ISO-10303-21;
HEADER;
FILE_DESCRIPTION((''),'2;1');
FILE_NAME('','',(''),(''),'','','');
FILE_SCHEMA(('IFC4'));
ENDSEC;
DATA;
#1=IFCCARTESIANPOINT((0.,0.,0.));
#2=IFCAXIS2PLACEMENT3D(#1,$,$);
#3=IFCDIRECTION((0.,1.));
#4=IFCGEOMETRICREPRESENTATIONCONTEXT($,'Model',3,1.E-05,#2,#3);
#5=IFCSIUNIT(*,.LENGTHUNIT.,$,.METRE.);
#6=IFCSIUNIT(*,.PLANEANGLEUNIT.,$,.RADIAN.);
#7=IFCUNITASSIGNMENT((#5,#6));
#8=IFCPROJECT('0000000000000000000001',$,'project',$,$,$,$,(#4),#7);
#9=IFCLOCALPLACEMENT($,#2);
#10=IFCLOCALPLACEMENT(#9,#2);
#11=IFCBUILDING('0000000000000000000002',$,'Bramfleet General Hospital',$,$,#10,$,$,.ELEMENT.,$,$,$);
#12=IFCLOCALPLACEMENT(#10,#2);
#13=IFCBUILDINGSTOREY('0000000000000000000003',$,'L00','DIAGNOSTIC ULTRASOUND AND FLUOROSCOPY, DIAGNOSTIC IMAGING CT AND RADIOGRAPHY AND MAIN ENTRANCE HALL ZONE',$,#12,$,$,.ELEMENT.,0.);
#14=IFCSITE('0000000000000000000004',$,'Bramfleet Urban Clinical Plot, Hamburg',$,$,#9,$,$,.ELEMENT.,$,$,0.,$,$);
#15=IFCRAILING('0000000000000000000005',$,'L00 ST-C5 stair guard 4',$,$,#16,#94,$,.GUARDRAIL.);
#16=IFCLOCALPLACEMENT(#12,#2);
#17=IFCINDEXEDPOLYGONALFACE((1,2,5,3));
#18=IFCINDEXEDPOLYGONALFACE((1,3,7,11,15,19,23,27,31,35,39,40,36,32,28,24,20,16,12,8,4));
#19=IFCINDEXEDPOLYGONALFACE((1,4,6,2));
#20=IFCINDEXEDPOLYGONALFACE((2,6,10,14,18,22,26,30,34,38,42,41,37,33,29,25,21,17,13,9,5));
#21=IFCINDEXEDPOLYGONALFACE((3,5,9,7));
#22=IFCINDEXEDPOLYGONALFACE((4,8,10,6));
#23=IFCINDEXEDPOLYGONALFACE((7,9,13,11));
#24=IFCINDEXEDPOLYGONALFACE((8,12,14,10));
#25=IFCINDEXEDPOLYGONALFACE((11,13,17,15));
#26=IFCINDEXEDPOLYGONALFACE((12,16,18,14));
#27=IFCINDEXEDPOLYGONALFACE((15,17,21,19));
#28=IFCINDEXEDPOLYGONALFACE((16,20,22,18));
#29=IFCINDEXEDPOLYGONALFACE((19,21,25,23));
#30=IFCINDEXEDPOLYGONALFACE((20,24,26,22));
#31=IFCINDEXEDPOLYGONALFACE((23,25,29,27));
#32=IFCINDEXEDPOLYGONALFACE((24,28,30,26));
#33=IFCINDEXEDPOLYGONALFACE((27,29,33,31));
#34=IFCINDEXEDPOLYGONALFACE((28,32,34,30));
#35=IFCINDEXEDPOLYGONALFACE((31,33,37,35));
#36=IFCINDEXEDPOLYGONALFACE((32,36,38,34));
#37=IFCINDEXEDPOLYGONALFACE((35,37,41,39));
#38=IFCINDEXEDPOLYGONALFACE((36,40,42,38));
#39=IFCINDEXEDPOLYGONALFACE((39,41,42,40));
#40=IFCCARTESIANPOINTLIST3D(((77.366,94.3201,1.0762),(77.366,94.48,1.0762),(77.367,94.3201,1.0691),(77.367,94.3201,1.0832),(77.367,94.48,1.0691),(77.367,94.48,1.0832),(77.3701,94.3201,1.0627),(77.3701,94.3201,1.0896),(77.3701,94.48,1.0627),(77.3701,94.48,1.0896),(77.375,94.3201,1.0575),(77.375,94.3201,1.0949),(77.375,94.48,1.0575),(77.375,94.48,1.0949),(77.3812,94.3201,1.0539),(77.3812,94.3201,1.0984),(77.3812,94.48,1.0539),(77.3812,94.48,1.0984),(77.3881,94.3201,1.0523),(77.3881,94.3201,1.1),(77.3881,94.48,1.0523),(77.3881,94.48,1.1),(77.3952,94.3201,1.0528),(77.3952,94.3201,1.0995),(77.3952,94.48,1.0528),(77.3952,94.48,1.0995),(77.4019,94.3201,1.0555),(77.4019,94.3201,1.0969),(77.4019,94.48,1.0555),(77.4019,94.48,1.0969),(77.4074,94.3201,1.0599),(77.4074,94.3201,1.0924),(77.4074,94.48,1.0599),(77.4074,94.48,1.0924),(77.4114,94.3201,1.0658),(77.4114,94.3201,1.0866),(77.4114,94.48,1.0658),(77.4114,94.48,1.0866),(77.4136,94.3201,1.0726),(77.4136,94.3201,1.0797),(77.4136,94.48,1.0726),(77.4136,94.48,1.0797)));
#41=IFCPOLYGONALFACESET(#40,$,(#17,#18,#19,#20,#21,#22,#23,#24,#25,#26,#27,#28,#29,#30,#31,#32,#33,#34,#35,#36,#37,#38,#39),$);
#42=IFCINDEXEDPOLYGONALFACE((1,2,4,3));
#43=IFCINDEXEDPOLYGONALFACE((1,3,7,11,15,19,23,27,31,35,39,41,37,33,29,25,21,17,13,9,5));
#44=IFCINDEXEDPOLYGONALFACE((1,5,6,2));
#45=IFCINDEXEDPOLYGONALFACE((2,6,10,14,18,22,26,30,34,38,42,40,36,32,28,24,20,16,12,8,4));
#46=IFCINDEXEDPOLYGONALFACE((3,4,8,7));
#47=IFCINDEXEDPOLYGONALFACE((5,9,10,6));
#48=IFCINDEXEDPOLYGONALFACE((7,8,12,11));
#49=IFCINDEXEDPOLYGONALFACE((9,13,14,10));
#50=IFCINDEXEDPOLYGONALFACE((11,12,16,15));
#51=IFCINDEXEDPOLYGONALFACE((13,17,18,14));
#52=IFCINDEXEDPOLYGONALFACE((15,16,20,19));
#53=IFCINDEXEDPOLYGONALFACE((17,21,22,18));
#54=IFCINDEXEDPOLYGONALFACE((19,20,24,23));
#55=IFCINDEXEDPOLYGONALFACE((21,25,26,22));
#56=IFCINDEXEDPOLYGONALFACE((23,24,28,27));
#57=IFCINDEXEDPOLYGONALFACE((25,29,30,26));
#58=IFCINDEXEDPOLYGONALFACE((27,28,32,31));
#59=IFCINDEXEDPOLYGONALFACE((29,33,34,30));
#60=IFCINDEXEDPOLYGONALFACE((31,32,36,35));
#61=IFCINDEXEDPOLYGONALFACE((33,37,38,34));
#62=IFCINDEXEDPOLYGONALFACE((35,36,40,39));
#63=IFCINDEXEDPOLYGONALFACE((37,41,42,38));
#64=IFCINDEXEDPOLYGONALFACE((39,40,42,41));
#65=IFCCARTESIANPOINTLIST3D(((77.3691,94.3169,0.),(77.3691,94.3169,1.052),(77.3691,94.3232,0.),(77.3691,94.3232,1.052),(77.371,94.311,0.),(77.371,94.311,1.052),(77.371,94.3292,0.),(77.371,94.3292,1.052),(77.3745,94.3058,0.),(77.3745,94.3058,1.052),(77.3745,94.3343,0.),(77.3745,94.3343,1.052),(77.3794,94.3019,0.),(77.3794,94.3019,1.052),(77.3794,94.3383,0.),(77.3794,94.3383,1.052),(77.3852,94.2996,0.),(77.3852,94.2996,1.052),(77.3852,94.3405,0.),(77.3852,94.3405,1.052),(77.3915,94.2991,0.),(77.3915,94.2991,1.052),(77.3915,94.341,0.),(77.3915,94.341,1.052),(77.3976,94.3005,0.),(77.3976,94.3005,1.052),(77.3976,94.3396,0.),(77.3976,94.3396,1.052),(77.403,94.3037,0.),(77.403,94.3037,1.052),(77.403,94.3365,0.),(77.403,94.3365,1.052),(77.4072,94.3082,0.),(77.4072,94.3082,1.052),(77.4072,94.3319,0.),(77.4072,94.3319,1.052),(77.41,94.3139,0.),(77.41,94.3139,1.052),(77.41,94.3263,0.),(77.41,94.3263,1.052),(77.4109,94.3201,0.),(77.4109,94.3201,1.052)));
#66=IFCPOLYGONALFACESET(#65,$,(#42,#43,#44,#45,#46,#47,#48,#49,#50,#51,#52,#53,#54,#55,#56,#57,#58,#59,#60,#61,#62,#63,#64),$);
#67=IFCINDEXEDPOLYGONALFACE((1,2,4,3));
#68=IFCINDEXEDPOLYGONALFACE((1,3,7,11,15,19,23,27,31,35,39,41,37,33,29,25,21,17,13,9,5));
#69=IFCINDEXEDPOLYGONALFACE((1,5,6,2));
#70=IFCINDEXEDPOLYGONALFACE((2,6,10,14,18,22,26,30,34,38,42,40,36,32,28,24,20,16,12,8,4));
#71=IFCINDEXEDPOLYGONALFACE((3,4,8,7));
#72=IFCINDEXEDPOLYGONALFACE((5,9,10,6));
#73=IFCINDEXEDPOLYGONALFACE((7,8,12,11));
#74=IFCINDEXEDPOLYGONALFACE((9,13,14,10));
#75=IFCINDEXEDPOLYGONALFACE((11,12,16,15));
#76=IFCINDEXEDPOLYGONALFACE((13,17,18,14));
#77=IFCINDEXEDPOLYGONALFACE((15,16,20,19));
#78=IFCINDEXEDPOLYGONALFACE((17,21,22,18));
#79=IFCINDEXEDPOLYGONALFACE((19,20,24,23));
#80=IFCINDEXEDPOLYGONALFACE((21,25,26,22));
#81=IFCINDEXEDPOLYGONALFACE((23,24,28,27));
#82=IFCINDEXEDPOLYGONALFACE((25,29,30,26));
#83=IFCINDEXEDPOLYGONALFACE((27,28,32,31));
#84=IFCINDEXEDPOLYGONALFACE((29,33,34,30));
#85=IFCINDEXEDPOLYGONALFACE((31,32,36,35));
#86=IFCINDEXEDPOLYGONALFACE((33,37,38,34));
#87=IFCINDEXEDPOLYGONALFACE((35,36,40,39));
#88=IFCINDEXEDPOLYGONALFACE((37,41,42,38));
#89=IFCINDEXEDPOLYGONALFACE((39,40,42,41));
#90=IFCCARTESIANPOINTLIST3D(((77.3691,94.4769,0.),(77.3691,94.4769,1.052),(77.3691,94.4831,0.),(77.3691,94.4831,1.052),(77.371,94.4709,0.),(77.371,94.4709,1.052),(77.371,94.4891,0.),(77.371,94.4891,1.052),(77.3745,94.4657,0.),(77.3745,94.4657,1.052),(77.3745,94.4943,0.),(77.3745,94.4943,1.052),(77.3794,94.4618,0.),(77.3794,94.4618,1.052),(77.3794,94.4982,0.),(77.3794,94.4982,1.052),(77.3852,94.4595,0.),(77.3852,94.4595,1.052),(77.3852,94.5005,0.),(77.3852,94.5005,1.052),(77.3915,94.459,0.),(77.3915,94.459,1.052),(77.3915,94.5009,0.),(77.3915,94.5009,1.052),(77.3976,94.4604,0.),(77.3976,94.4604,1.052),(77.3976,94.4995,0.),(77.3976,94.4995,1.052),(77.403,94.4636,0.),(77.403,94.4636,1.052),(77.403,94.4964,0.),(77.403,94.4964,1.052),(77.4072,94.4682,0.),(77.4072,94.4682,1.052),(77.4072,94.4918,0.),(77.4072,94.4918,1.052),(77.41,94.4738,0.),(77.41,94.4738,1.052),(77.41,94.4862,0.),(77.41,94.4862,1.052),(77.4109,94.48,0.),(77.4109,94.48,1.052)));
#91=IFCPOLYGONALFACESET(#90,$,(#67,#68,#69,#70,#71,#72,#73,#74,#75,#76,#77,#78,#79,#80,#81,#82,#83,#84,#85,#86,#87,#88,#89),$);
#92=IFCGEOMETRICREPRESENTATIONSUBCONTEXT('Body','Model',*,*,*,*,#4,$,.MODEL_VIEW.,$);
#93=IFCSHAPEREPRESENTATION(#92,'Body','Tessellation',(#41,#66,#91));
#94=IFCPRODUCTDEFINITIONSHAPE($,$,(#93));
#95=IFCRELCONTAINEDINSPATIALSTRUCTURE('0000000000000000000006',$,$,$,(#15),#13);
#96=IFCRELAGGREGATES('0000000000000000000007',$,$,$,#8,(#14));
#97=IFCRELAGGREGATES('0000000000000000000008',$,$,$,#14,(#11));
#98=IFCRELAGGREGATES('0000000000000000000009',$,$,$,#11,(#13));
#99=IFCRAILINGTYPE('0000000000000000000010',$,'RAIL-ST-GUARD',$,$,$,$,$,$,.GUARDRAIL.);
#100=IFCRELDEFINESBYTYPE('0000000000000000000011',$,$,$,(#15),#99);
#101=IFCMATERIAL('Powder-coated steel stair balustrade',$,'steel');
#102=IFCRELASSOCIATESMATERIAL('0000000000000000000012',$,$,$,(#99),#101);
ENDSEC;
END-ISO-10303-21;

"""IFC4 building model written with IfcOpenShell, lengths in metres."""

from ifc_helpers import new_model, si_unit, direction, frame, origin, origin_2d, place, context, subcontext, project, spatial, circle, extrude, material, type_object, element, save


model = new_model("IFC4")

# Units and contexts
model_context = context("Model", 3, precision=1e-05, world=origin(), true_north=direction((0.0, 1.0)))
body_context = subcontext(model_context, "Body", "Model", "MODEL_VIEW")
ifc_project = project(units=[si_unit("LENGTHUNIT", "METRE"), si_unit("PLANEANGLEUNIT", "RADIAN")], contexts=[model_context])

# Site, building, storey
site_placement = place(None, origin())
site = spatial("IfcSite", under=ifc_project, at=site_placement, Name="Bramfleet Urban Clinical Plot, Hamburg", CompositionType="ELEMENT", RefElevation=0.0)
building_placement = place(site_placement, origin())
building = spatial("IfcBuilding", under=site, at=building_placement, Name="Bramfleet General Hospital", CompositionType="ELEMENT")
storey_placement = place(building_placement, origin())
storey = spatial("IfcBuildingStorey", under=building, at=storey_placement, Name="L00", Description="DIAGNOSTIC ULTRASOUND AND FLUOROSCOPY, DIAGNOSTIC IMAGING CT AND RADIOGRAPHY AND MAIN ENTRANCE HALL ZONE", CompositionType="ELEMENT", Elevation=0.0)

# Railing
ifc_material_1 = material(Name="Powder-coated steel stair balustrade", Category="steel")
railing_type_1 = type_object("IfcRailingType", Name="RAIL-ST-GUARD", PredefinedType="GUARDRAIL", material=ifc_material_1)
railing_1_placement = place(storey_placement, frame((77.3899, 94.3201, 0.0)))
element("IfcRailing", 1, at=railing_1_placement, inside=storey, type_object=railing_type_1, Name="L00 ST-C5 stair guard 4", PredefinedType="GUARDRAIL", context=body_context, shape_type="SweptSolid", body=[
    extrude(circle(Radius=0.0239, at=origin_2d()), frame((0.0, 0.0, 1.0762), z_axis=(0.0, 1.0, 0.0), x_axis=(-1.0, 0.0, 0.0)), (0.0, 0.0, 1.0), 0.1599),
    extrude(circle(Radius=0.021, at=origin_2d()), origin(), (0.0, 0.0, 1.0), 1.052),
    extrude(circle(Radius=0.021, at=origin_2d()), frame((0.0, 0.1599, 0.0)), (0.0, 0.0, 1.0), 1.052),
])

save(model, "model.ifc")
